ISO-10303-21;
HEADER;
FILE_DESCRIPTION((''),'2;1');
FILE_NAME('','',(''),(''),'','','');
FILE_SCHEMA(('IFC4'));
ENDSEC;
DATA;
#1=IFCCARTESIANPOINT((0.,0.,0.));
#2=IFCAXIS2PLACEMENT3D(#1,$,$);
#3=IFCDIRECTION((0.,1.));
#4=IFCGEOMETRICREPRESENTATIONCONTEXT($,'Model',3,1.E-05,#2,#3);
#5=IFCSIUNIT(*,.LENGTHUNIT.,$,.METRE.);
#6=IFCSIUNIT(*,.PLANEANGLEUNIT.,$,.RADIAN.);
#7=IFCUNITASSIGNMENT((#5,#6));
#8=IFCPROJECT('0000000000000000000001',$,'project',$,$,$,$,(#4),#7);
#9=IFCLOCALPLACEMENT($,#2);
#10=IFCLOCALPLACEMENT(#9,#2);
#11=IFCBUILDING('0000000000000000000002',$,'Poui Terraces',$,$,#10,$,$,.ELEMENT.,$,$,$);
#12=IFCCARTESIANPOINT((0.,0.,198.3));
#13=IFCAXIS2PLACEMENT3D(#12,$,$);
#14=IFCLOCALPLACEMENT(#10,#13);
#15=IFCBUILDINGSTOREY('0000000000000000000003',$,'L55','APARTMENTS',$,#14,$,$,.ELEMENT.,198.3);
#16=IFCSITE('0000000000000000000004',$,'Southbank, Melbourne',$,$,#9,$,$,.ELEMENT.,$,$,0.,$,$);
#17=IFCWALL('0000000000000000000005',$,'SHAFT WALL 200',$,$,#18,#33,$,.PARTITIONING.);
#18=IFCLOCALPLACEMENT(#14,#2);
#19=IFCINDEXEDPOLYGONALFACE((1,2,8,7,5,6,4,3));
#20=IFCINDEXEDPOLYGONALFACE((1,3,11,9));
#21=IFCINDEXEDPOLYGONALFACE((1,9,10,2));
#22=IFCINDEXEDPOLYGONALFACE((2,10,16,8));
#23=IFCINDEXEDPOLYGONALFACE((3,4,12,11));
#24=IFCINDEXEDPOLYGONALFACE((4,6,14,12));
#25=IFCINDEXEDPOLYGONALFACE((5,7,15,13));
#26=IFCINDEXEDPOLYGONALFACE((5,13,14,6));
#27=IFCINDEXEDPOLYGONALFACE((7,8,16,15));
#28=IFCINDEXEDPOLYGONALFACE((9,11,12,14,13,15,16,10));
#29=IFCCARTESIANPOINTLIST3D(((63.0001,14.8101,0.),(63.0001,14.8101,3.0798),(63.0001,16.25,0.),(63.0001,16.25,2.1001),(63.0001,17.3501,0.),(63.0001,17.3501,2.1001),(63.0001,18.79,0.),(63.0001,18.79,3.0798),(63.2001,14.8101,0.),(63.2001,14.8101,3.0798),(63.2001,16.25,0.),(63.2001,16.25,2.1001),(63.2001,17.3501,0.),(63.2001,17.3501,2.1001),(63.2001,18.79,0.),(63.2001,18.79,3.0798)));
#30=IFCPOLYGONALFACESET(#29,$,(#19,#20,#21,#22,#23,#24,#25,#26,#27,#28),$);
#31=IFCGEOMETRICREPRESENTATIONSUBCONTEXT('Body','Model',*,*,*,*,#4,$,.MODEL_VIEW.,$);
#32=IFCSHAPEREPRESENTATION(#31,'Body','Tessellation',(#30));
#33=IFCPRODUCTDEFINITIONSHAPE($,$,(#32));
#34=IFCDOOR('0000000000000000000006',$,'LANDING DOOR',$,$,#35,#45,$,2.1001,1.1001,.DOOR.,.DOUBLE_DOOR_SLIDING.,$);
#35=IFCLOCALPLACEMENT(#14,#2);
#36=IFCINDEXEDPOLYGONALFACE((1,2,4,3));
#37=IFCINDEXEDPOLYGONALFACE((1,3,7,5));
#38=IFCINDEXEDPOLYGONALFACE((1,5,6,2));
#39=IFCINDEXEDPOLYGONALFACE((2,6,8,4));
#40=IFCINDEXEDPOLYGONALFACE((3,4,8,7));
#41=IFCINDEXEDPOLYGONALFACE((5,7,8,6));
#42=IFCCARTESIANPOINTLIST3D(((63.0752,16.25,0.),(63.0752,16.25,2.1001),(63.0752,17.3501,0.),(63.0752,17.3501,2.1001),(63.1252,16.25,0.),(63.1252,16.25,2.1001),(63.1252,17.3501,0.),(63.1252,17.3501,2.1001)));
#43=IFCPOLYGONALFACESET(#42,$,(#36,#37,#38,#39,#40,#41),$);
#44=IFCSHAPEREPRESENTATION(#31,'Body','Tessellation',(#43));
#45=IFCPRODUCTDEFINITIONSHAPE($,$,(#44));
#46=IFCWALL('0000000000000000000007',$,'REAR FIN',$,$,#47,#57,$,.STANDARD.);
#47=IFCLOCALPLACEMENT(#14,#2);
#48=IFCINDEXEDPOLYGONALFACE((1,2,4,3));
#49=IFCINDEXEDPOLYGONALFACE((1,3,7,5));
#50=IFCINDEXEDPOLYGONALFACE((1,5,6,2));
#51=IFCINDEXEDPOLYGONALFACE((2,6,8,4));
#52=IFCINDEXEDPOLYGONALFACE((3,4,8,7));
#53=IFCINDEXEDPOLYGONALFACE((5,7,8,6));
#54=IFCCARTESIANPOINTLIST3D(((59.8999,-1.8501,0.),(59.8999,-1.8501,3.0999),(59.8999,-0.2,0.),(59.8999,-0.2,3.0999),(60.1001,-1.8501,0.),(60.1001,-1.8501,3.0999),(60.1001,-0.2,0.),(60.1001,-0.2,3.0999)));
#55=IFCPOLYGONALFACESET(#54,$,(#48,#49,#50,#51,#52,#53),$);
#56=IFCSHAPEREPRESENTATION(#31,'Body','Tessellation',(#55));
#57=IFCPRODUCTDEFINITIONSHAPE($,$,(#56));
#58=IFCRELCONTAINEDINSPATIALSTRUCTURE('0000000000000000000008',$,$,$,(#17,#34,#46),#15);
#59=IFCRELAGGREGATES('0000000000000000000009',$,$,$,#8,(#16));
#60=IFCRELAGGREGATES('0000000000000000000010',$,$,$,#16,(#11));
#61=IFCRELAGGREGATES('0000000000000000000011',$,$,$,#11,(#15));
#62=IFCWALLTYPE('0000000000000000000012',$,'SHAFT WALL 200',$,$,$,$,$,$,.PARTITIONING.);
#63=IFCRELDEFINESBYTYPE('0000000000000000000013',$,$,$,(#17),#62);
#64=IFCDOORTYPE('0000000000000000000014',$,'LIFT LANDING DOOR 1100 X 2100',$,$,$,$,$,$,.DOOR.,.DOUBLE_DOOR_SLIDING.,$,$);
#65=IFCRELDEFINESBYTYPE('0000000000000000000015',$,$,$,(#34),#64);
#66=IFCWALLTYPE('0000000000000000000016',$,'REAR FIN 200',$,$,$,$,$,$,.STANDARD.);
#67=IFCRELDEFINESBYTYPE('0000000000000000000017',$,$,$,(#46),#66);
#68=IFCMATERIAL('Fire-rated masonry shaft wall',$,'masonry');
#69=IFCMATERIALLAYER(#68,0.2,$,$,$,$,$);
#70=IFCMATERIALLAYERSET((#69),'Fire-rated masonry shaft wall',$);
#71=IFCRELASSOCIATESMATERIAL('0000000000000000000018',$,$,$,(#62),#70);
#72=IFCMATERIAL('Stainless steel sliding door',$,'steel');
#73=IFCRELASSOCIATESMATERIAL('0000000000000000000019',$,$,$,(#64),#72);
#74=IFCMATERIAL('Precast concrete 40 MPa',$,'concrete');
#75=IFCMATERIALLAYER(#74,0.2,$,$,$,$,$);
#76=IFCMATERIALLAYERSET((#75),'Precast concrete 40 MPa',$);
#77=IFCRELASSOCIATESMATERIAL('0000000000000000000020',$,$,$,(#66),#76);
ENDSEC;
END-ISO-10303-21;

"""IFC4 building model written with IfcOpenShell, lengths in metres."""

from ifc_helpers import new_model, si_unit, direction, frame, frame_2d, origin, place, context, subcontext, project, spatial, polyline, rectangle, outline, extrude, source, transform, mapped, material, layer, layer_set, type_object, element, fill, save


model = new_model("IFC4")

# Units and contexts
model_context = context("Model", 3, precision=1e-05, world=origin(), true_north=direction((0.0, 1.0)))
body_context = subcontext(model_context, "Body", "Model", "MODEL_VIEW")
ifc_project = project(units=[si_unit("LENGTHUNIT", "METRE"), si_unit("PLANEANGLEUNIT", "RADIAN")], contexts=[model_context])

# Site, building, storey
site_placement = place(None, origin())
site = spatial("IfcSite", under=ifc_project, at=site_placement, Name="Southbank, Melbourne", CompositionType="ELEMENT", RefElevation=0.0)
building_placement = place(site_placement, origin())
building = spatial("IfcBuilding", under=site, at=building_placement, Name="Poui Terraces", CompositionType="ELEMENT")
storey_placement = place(building_placement, frame((0.0, 0.0, 198.3)))
storey = spatial("IfcBuildingStorey", under=building, at=storey_placement, Name="L55", Description="APARTMENTS", CompositionType="ELEMENT", Elevation=198.3)

# Shared definitions
ifc_material_1 = material(Name="Precast concrete 40 MPa", Category="concrete")

# Shared definitions
ifc_material_2 = material(Name="Fire-rated masonry shaft wall", Category="masonry")
ifc_layer_1 = layer(ifc_material_2, 0.2)
ifc_layer_set_1 = layer_set([ifc_layer_1], Name="Fire-rated masonry shaft wall")
wall_type_1 = type_object("IfcWallType", Name="SHAFT WALL 200", PredefinedType="PARTITIONING", material=ifc_layer_set_1)

# Wall, opening, door
wall_1_placement = place(storey_placement, frame((63.1001, 14.8101, 0.0), z_axis=(0.0, 0.0, 1.0), x_axis=(0.0, 1.0, 0.0)))
wall_1 = element("IfcWall", 1, at=wall_1_placement, inside=storey, type_object=wall_type_1, Name="SHAFT WALL 200", PredefinedType="PARTITIONING", context=body_context, shape_type="SweptSolid", body=[
    extrude(rectangle(XDim=3.98, YDim=0.2, at=frame_2d((1.99, 0.0))), origin(), (0.0, 0.0, 1.0), 3.0798),
])
opening_1_placement = place(wall_1_placement, frame((1.4399, 0.0, 0.0)))
opening_1 = element("IfcOpeningElement", 2, at=opening_1_placement, cuts=wall_1, PredefinedType="OPENING", context=body_context, shape_type="SweptSolid", body=[
    extrude(rectangle(XDim=1.1001, YDim=2.1001, at=frame_2d((0.55, 1.05))), frame((0.0, 0.1099, 0.0), z_axis=(0.0, -1.0, 0.0), x_axis=(1.0, 0.0, 0.0)), (0.0, 0.0, 1.0), 0.22),
])
ifc_material_3 = material(Name="Stainless steel sliding door", Category="steel")
door_type_1 = type_object("IfcDoorType", Name="LIFT LANDING DOOR 1100 X 2100", OperationType="DOUBLE_DOOR_SLIDING", PredefinedType="DOOR", material=ifc_material_3)
door_1_placement = place(opening_1_placement, origin())
door_1 = element("IfcDoor", 3, at=door_1_placement, inside=storey, type_object=door_type_1, Name="LANDING DOOR", OperationType="DOUBLE_DOOR_SLIDING", OverallHeight=2.1001, OverallWidth=1.1001, PredefinedType="DOOR", context=body_context, shape_type="SweptSolid", body=[
    extrude(rectangle(XDim=1.1001, YDim=2.1001, at=frame_2d((0.55, 1.05))), frame((0.0, 0.0249, 0.0), z_axis=(0.0, -1.0, 0.0), x_axis=(1.0, 0.0, 0.0)), (0.0, 0.0, 1.0), 0.05),
])
fill(opening_1, door_1)

# Wall
ifc_layer_2 = layer(ifc_material_1, 0.2)
ifc_layer_set_2 = layer_set([ifc_layer_2], Name="Precast concrete 40 MPa")
wall_type_2 = type_object("IfcWallType", Name="REAR FIN 200", PredefinedType="STANDARD", material=ifc_layer_set_2)
shared_shape_1 = source(origin(), body_context, "Body", "SweptSolid", [
    extrude(outline(polyline([(0.0, 0.0), (0.2002, 0.0), (0.2002, 1.6501), (0.0, 1.6501), (0.0, 0.0)])), origin(), (0.0, 0.0, 1.0), 3.0999),
])
wall_2_placement = place(storey_placement, frame((59.8999, -1.8501, 0.0)))
element("IfcWall", 4, at=wall_2_placement, inside=storey, type_object=wall_type_2, Name="REAR FIN", PredefinedType="STANDARD", context=body_context, shape_type="MappedRepresentation", body=[
    mapped(shared_shape_1, transform((0.0, 0.0, 0.0))),
])

save(model, "model.ifc")
